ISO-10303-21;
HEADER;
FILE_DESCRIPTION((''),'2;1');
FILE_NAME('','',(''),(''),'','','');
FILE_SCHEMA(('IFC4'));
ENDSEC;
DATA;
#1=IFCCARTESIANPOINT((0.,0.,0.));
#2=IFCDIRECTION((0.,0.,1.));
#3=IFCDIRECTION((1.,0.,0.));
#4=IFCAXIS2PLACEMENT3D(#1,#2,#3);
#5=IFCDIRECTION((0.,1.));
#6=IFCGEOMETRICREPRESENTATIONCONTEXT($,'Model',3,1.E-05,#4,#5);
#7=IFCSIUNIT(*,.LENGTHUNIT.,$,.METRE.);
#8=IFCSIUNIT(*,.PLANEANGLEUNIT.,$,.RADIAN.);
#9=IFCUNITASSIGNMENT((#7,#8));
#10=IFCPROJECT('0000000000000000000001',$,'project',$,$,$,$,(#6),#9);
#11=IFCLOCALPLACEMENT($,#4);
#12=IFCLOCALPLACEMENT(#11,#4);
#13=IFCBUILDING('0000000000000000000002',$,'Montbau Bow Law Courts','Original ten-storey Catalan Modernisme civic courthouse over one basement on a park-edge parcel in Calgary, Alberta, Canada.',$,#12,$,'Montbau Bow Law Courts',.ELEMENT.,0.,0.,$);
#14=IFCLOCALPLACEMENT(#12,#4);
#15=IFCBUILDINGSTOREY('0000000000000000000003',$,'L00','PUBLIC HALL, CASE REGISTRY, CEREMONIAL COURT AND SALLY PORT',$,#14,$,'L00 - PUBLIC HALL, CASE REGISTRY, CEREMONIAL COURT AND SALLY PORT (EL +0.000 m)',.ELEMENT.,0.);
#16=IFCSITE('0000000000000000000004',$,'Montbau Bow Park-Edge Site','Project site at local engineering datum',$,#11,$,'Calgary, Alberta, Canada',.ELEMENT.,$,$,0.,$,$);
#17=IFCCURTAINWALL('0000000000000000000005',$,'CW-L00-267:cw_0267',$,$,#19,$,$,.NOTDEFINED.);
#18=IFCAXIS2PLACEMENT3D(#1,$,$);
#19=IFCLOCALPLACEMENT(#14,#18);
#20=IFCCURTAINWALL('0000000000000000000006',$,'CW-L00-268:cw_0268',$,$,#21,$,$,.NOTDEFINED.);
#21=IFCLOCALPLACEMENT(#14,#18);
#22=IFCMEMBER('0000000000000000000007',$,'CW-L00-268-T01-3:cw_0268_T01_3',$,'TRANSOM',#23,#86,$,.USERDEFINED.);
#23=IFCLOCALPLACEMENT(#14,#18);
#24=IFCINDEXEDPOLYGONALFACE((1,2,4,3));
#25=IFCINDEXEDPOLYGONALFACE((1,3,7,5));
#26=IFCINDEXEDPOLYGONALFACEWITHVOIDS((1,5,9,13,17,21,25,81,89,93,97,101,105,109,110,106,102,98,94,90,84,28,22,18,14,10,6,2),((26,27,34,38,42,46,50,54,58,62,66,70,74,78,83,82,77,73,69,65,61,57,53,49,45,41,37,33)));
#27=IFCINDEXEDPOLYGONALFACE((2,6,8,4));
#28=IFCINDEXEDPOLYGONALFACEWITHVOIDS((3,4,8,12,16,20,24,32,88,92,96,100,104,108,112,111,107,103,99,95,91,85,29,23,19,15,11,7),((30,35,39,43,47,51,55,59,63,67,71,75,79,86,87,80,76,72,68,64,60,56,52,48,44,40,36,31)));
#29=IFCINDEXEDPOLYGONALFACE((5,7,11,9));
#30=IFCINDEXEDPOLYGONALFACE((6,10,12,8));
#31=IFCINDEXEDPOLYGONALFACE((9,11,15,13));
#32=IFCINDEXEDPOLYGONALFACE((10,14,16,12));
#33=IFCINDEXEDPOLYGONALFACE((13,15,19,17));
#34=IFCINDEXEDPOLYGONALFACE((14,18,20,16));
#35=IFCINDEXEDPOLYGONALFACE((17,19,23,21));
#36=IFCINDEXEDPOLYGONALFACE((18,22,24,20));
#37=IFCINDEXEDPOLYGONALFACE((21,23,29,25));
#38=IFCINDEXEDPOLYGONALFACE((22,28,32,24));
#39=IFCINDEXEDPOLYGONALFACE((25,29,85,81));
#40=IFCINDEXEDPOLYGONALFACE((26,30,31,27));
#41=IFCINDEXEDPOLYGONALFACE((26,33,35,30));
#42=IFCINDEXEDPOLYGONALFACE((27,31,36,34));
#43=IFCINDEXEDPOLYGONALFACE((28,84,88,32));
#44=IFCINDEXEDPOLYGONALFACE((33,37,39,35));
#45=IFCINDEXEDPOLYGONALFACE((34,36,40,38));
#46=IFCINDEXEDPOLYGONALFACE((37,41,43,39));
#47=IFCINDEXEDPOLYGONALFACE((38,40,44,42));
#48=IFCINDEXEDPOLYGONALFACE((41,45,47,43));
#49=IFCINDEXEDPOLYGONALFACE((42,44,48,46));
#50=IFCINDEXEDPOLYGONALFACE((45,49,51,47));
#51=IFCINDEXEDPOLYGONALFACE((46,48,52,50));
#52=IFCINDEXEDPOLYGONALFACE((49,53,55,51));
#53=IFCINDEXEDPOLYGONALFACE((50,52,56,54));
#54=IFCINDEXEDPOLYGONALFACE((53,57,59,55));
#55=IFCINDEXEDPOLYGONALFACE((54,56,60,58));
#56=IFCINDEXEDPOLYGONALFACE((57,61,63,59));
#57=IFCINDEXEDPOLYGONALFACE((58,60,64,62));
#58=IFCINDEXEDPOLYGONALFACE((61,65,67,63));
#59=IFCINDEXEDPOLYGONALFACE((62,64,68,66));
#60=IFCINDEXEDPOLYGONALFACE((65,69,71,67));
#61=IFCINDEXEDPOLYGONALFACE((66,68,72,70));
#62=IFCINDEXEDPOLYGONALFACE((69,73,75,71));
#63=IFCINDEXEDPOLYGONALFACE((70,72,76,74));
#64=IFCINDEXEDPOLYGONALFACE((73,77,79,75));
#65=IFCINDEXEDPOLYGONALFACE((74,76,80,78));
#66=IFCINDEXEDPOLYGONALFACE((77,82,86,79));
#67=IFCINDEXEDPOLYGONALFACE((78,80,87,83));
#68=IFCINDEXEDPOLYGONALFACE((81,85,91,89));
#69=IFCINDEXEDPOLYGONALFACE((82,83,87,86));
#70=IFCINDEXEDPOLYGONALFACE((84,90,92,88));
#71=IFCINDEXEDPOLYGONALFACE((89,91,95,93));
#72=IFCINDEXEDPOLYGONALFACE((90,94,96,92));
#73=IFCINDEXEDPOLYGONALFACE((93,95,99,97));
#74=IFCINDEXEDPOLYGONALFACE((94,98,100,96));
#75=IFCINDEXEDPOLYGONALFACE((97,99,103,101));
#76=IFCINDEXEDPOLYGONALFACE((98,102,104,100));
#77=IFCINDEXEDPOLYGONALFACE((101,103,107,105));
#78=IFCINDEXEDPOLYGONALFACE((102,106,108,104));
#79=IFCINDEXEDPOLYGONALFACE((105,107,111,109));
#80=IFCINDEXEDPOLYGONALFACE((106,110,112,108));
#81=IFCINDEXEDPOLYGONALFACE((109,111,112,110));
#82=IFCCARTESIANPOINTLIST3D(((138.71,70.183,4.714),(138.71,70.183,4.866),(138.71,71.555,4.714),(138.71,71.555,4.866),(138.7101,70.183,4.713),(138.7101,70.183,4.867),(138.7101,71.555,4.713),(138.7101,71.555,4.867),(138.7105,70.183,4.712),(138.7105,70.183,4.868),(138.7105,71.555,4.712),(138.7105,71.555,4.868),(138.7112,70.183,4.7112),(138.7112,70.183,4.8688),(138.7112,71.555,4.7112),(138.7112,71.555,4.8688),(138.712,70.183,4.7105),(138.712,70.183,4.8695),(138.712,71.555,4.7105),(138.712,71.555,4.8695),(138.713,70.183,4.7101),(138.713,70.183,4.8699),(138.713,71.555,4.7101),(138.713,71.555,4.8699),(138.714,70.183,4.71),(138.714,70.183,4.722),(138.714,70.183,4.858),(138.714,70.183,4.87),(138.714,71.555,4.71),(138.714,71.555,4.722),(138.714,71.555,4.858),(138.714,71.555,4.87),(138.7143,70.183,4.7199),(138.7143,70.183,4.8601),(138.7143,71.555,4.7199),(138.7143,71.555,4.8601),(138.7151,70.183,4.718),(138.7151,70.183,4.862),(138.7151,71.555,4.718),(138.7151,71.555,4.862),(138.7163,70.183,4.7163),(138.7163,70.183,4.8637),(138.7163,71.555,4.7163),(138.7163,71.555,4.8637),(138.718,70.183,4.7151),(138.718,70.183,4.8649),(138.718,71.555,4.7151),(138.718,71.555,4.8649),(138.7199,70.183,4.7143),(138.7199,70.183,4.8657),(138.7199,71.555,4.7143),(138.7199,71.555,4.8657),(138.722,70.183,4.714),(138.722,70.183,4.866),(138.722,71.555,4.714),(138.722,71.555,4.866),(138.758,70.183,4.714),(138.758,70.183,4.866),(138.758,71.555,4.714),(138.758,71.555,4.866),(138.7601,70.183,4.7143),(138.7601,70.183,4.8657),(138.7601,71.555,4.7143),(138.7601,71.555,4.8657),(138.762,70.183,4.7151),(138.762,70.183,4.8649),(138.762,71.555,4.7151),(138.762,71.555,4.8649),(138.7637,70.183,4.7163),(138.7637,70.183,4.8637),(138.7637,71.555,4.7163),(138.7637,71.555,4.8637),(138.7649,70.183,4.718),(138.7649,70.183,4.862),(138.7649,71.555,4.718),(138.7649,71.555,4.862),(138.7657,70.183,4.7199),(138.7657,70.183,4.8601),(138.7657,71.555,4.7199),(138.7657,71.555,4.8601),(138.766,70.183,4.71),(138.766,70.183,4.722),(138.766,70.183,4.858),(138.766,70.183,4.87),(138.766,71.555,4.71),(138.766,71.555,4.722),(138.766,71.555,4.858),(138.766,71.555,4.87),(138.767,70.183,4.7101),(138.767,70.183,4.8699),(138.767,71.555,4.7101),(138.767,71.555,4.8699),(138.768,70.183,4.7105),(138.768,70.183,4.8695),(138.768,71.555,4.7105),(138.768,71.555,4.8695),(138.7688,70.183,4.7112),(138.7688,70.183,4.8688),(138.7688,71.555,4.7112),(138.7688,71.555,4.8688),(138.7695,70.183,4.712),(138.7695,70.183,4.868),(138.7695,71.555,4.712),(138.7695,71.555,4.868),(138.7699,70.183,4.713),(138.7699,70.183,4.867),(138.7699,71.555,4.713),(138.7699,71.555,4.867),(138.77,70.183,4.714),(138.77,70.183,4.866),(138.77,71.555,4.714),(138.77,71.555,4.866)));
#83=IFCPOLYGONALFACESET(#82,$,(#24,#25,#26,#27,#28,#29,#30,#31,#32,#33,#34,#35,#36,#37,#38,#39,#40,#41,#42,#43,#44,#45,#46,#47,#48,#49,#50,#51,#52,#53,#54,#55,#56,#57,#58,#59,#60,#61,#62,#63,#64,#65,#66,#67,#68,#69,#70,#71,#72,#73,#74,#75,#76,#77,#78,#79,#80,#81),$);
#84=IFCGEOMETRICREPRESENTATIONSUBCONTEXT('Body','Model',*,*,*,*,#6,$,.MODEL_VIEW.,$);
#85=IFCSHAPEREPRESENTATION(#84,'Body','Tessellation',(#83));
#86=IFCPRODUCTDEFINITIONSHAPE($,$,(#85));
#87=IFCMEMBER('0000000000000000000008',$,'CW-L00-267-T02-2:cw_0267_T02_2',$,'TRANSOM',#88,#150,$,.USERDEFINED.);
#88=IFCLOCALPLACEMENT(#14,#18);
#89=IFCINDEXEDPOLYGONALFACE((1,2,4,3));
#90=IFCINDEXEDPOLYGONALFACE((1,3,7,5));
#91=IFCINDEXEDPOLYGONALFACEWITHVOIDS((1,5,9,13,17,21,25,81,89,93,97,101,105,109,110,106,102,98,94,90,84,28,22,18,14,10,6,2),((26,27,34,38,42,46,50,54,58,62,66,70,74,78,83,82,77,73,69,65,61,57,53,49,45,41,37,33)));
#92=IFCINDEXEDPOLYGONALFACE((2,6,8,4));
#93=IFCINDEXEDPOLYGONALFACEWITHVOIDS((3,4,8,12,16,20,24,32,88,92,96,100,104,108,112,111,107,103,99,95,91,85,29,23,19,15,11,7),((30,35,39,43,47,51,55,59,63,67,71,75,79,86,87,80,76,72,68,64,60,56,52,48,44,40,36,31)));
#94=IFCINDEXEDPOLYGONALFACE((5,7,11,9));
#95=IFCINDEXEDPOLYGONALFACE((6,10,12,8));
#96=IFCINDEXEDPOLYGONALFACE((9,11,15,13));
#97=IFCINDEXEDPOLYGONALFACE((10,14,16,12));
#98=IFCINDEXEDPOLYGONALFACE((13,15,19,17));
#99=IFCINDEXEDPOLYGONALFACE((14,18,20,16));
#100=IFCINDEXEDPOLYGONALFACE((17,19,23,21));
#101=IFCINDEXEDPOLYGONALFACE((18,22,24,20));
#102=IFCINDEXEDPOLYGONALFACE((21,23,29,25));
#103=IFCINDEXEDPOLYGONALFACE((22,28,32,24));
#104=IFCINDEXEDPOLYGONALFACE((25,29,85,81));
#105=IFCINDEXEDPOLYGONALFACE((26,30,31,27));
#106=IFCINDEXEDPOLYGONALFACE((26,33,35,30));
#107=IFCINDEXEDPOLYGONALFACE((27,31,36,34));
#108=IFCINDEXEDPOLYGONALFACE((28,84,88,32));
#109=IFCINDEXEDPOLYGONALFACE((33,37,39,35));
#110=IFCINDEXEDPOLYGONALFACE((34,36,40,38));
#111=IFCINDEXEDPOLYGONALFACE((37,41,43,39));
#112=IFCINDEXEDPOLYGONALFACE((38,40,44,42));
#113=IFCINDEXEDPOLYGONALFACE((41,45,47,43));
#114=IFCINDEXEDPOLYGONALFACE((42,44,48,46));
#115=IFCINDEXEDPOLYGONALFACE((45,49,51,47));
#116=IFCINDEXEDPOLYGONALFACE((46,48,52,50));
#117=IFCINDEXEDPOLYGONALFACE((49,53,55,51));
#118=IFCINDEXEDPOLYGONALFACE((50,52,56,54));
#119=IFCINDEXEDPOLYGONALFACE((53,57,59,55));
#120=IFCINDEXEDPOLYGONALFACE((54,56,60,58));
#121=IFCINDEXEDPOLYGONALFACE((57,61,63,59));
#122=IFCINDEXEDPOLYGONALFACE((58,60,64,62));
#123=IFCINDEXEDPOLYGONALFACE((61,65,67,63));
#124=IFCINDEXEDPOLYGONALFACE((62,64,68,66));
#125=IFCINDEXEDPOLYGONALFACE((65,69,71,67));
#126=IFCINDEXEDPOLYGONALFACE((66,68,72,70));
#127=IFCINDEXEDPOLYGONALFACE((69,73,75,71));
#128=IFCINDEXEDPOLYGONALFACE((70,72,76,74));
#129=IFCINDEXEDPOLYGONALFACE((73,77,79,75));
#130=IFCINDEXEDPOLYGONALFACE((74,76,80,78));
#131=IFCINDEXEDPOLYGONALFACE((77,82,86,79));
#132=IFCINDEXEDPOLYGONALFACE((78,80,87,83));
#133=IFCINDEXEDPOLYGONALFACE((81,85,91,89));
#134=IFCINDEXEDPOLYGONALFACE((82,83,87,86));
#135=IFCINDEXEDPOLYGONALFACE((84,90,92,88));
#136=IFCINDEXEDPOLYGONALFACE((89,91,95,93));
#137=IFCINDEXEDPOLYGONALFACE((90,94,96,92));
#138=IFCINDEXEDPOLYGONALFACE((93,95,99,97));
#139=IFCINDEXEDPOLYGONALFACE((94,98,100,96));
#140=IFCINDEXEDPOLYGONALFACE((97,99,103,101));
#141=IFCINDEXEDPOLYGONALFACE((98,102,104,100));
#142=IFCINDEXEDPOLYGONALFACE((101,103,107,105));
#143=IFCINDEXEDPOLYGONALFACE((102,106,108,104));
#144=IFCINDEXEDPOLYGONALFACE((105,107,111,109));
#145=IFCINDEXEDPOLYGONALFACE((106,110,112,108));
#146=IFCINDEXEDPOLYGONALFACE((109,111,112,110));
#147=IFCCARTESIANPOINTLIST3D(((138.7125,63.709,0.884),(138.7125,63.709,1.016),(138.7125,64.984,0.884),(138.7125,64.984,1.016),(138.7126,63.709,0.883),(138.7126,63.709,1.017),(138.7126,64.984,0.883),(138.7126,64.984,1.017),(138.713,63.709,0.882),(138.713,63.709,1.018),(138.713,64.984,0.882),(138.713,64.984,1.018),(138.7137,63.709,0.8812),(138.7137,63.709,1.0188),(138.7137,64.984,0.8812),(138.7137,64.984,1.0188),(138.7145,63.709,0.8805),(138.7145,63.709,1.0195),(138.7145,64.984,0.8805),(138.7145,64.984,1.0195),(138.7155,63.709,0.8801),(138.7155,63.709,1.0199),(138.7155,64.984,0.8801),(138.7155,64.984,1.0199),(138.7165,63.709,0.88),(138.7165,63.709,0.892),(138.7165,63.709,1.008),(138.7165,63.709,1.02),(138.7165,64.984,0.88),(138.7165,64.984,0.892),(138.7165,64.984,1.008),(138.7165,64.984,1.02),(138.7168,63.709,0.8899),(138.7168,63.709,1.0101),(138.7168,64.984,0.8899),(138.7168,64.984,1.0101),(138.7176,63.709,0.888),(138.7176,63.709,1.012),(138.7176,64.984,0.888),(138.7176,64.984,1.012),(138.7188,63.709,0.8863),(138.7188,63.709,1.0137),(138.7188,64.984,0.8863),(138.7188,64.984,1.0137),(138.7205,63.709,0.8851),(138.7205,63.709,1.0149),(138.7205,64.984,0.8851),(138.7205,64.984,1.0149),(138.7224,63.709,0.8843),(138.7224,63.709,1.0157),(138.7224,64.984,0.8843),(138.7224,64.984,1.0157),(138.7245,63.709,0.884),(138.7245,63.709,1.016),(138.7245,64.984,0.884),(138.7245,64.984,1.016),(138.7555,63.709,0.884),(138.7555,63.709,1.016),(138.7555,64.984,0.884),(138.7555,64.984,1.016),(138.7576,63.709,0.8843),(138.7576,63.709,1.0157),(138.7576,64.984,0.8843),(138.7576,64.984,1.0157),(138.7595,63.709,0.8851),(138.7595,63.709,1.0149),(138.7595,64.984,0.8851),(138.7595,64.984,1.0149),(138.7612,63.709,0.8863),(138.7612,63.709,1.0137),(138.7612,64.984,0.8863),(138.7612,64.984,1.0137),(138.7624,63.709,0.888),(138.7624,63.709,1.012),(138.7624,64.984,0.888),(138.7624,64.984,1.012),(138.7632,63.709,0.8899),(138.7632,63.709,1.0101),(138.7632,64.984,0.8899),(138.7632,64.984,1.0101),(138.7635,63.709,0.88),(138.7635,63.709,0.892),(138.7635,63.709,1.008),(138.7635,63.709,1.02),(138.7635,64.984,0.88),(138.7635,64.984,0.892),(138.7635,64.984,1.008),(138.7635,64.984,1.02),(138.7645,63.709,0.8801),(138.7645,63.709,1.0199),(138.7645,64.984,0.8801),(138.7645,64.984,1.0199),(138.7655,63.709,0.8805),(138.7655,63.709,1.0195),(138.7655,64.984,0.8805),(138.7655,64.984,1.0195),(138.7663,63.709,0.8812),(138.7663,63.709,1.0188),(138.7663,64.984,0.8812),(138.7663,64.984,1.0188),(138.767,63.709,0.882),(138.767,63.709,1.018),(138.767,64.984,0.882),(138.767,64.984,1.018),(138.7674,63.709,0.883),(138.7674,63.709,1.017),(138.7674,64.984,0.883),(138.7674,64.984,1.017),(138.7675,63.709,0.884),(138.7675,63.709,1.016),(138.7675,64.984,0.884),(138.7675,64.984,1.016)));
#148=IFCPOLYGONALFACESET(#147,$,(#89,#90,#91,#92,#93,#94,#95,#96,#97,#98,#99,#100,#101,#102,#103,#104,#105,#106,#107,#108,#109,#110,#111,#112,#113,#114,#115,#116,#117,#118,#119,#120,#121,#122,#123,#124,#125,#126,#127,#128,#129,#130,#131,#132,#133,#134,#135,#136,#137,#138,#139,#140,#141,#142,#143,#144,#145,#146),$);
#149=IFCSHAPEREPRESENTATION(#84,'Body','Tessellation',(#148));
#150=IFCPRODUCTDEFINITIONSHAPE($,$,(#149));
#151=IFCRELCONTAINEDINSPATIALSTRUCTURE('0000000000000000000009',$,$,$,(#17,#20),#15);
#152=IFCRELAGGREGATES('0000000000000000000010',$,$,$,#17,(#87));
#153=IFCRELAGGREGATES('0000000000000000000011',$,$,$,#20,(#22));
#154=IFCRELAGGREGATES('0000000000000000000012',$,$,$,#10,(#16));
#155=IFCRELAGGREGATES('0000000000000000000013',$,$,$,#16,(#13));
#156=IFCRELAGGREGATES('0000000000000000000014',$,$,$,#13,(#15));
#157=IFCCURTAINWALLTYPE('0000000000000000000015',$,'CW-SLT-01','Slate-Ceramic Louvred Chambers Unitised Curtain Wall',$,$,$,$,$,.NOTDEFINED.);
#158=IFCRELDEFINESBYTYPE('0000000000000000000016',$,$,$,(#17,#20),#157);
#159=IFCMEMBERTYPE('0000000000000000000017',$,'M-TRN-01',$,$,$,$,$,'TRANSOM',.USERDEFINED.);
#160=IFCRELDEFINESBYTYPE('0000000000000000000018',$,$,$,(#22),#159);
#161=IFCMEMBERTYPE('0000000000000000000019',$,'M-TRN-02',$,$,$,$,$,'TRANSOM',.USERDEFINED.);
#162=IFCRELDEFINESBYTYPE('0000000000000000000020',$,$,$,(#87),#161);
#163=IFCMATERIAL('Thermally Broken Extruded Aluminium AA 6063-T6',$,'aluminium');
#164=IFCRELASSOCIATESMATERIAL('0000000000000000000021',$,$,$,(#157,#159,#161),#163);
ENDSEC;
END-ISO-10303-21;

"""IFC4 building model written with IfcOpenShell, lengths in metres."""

from ifc_helpers import new_model, si_unit, direction, frame, origin_with_axes, origin_2d_with_axis, place, context, subcontext, project, spatial, hollow_rectangle, extrude, material, material_profile, profile_set, type_object, element, aggregate, save


model = new_model("IFC4")

# Units and contexts
model_context = context("Model", 3, precision=1e-05, world=origin_with_axes(), true_north=direction((0.0, 1.0)))
body_context = subcontext(model_context, "Body", "Model", "MODEL_VIEW")
ifc_project = project(units=[si_unit("LENGTHUNIT", "METRE"), si_unit("PLANEANGLEUNIT", "RADIAN")], contexts=[model_context])

# Site, building, storey
site_placement = place(None, origin_with_axes())
site = spatial("IfcSite", under=ifc_project, at=site_placement, Name="Montbau Bow Park-Edge Site", Description="Project site at local engineering datum", LongName="Calgary, Alberta, Canada", CompositionType="ELEMENT", RefElevation=0.0)
building_placement = place(site_placement, origin_with_axes())
building = spatial("IfcBuilding", under=site, at=building_placement, Name="Montbau Bow Law Courts", Description="Original ten-storey Catalan Modernisme civic courthouse over one basement on a park-edge parcel in Calgary, Alberta, Canada.", LongName="Montbau Bow Law Courts", CompositionType="ELEMENT", ElevationOfRefHeight=0.0, ElevationOfTerrain=0.0)
storey_placement = place(building_placement, origin_with_axes())
storey = spatial("IfcBuildingStorey", under=building, at=storey_placement, Name="L00", Description="PUBLIC HALL, CASE REGISTRY, CEREMONIAL COURT AND SALLY PORT", LongName="L00 - PUBLIC HALL, CASE REGISTRY, CEREMONIAL COURT AND SALLY PORT (EL +0.000 m)", CompositionType="ELEMENT", Elevation=0.0)

# Curtain walls, member
ifc_material_1 = material(Name="Thermally Broken Extruded Aluminium AA 6063-T6", Category="aluminium")
curtain_wall_type = type_object("IfcCurtainWallType", Name="CW-SLT-01", Description="Slate-Ceramic Louvred Chambers Unitised Curtain Wall", PredefinedType="NOTDEFINED", material=ifc_material_1)
curtain_wall_1_placement = place(None, frame((138.74, 62.315, 0.0), z_axis=(0.0, 0.0, 1.0), x_axis=(1.0, 0.0, 0.0)))
curtain_wall_1 = element("IfcCurtainWall", 1, at=curtain_wall_1_placement, inside=storey, type_object=curtain_wall_type, Name="CW-L00-267:cw_0267", PredefinedType="NOTDEFINED")
curtain_wall_2_placement = place(None, frame((138.74, 70.115, 0.0), z_axis=(0.0, 0.0, 1.0), x_axis=(1.0, 0.0, 0.0)))
curtain_wall_2 = element("IfcCurtainWall", 2, at=curtain_wall_2_placement, inside=storey, type_object=curtain_wall_type, Name="CW-L00-268:cw_0268", PredefinedType="NOTDEFINED")
ifc_material_profile_1 = material_profile(ifc_material_1, hollow_rectangle(XDim=0.06, YDim=0.16, WallThickness=0.004, InnerFilletRadius=0.008, OuterFilletRadius=0.004, at=origin_2d_with_axis()), Name="CWT-160X60", Category="Main", Priority=0)
ifc_profile_set_1 = profile_set([ifc_material_profile_1], Name="Thermally Broken Extruded Aluminium AA 6063-T6")
member_type_1 = type_object("IfcMemberType", Name="M-TRN-01", ElementType="TRANSOM", PredefinedType="USERDEFINED", material=ifc_profile_set_1)
member_1_placement = place(None, frame((138.74, 70.183, 4.79), z_axis=(0.0, 1.0, 0.0), x_axis=(-1.0, 0.0, 0.0)))
member_1 = element("IfcMember", 3, at=member_1_placement, type_object=member_type_1, Name="CW-L00-268-T01-3:cw_0268_T01_3", ObjectType="TRANSOM", PredefinedType="USERDEFINED", context=body_context, shape_type="SweptSolid", body=[
    extrude(hollow_rectangle(XDim=0.06, YDim=0.16, WallThickness=0.004, InnerFilletRadius=0.008, OuterFilletRadius=0.004, at=origin_2d_with_axis()), origin_with_axes(), (0.0, 0.0, 1.0), 1.372),
])

# Member
ifc_material_profile_2 = material_profile(ifc_material_1, hollow_rectangle(XDim=0.055, YDim=0.14, WallThickness=0.004, InnerFilletRadius=0.008, OuterFilletRadius=0.004, at=origin_2d_with_axis()), Name="CWT-140X55", Category="Main", Priority=0)
ifc_profile_set_2 = profile_set([ifc_material_profile_2], Name="Thermally Broken Extruded Aluminium AA 6063-T6")
member_type_2 = type_object("IfcMemberType", Name="M-TRN-02", ElementType="TRANSOM", PredefinedType="USERDEFINED", material=ifc_profile_set_2)
member_2_placement = place(None, frame((138.74, 63.709, 0.95), z_axis=(0.0, 1.0, 0.0), x_axis=(-1.0, 0.0, 0.0)))
member_2 = element("IfcMember", 4, at=member_2_placement, type_object=member_type_2, Name="CW-L00-267-T02-2:cw_0267_T02_2", ObjectType="TRANSOM", PredefinedType="USERDEFINED", context=body_context, shape_type="SweptSolid", body=[
    extrude(hollow_rectangle(XDim=0.055, YDim=0.14, WallThickness=0.004, InnerFilletRadius=0.008, OuterFilletRadius=0.004, at=origin_2d_with_axis()), origin_with_axes(), (0.0, 0.0, 1.0), 1.275),
])

aggregate(curtain_wall_1, [member_2])
aggregate(curtain_wall_2, [member_1])

save(model, "model.ifc")
